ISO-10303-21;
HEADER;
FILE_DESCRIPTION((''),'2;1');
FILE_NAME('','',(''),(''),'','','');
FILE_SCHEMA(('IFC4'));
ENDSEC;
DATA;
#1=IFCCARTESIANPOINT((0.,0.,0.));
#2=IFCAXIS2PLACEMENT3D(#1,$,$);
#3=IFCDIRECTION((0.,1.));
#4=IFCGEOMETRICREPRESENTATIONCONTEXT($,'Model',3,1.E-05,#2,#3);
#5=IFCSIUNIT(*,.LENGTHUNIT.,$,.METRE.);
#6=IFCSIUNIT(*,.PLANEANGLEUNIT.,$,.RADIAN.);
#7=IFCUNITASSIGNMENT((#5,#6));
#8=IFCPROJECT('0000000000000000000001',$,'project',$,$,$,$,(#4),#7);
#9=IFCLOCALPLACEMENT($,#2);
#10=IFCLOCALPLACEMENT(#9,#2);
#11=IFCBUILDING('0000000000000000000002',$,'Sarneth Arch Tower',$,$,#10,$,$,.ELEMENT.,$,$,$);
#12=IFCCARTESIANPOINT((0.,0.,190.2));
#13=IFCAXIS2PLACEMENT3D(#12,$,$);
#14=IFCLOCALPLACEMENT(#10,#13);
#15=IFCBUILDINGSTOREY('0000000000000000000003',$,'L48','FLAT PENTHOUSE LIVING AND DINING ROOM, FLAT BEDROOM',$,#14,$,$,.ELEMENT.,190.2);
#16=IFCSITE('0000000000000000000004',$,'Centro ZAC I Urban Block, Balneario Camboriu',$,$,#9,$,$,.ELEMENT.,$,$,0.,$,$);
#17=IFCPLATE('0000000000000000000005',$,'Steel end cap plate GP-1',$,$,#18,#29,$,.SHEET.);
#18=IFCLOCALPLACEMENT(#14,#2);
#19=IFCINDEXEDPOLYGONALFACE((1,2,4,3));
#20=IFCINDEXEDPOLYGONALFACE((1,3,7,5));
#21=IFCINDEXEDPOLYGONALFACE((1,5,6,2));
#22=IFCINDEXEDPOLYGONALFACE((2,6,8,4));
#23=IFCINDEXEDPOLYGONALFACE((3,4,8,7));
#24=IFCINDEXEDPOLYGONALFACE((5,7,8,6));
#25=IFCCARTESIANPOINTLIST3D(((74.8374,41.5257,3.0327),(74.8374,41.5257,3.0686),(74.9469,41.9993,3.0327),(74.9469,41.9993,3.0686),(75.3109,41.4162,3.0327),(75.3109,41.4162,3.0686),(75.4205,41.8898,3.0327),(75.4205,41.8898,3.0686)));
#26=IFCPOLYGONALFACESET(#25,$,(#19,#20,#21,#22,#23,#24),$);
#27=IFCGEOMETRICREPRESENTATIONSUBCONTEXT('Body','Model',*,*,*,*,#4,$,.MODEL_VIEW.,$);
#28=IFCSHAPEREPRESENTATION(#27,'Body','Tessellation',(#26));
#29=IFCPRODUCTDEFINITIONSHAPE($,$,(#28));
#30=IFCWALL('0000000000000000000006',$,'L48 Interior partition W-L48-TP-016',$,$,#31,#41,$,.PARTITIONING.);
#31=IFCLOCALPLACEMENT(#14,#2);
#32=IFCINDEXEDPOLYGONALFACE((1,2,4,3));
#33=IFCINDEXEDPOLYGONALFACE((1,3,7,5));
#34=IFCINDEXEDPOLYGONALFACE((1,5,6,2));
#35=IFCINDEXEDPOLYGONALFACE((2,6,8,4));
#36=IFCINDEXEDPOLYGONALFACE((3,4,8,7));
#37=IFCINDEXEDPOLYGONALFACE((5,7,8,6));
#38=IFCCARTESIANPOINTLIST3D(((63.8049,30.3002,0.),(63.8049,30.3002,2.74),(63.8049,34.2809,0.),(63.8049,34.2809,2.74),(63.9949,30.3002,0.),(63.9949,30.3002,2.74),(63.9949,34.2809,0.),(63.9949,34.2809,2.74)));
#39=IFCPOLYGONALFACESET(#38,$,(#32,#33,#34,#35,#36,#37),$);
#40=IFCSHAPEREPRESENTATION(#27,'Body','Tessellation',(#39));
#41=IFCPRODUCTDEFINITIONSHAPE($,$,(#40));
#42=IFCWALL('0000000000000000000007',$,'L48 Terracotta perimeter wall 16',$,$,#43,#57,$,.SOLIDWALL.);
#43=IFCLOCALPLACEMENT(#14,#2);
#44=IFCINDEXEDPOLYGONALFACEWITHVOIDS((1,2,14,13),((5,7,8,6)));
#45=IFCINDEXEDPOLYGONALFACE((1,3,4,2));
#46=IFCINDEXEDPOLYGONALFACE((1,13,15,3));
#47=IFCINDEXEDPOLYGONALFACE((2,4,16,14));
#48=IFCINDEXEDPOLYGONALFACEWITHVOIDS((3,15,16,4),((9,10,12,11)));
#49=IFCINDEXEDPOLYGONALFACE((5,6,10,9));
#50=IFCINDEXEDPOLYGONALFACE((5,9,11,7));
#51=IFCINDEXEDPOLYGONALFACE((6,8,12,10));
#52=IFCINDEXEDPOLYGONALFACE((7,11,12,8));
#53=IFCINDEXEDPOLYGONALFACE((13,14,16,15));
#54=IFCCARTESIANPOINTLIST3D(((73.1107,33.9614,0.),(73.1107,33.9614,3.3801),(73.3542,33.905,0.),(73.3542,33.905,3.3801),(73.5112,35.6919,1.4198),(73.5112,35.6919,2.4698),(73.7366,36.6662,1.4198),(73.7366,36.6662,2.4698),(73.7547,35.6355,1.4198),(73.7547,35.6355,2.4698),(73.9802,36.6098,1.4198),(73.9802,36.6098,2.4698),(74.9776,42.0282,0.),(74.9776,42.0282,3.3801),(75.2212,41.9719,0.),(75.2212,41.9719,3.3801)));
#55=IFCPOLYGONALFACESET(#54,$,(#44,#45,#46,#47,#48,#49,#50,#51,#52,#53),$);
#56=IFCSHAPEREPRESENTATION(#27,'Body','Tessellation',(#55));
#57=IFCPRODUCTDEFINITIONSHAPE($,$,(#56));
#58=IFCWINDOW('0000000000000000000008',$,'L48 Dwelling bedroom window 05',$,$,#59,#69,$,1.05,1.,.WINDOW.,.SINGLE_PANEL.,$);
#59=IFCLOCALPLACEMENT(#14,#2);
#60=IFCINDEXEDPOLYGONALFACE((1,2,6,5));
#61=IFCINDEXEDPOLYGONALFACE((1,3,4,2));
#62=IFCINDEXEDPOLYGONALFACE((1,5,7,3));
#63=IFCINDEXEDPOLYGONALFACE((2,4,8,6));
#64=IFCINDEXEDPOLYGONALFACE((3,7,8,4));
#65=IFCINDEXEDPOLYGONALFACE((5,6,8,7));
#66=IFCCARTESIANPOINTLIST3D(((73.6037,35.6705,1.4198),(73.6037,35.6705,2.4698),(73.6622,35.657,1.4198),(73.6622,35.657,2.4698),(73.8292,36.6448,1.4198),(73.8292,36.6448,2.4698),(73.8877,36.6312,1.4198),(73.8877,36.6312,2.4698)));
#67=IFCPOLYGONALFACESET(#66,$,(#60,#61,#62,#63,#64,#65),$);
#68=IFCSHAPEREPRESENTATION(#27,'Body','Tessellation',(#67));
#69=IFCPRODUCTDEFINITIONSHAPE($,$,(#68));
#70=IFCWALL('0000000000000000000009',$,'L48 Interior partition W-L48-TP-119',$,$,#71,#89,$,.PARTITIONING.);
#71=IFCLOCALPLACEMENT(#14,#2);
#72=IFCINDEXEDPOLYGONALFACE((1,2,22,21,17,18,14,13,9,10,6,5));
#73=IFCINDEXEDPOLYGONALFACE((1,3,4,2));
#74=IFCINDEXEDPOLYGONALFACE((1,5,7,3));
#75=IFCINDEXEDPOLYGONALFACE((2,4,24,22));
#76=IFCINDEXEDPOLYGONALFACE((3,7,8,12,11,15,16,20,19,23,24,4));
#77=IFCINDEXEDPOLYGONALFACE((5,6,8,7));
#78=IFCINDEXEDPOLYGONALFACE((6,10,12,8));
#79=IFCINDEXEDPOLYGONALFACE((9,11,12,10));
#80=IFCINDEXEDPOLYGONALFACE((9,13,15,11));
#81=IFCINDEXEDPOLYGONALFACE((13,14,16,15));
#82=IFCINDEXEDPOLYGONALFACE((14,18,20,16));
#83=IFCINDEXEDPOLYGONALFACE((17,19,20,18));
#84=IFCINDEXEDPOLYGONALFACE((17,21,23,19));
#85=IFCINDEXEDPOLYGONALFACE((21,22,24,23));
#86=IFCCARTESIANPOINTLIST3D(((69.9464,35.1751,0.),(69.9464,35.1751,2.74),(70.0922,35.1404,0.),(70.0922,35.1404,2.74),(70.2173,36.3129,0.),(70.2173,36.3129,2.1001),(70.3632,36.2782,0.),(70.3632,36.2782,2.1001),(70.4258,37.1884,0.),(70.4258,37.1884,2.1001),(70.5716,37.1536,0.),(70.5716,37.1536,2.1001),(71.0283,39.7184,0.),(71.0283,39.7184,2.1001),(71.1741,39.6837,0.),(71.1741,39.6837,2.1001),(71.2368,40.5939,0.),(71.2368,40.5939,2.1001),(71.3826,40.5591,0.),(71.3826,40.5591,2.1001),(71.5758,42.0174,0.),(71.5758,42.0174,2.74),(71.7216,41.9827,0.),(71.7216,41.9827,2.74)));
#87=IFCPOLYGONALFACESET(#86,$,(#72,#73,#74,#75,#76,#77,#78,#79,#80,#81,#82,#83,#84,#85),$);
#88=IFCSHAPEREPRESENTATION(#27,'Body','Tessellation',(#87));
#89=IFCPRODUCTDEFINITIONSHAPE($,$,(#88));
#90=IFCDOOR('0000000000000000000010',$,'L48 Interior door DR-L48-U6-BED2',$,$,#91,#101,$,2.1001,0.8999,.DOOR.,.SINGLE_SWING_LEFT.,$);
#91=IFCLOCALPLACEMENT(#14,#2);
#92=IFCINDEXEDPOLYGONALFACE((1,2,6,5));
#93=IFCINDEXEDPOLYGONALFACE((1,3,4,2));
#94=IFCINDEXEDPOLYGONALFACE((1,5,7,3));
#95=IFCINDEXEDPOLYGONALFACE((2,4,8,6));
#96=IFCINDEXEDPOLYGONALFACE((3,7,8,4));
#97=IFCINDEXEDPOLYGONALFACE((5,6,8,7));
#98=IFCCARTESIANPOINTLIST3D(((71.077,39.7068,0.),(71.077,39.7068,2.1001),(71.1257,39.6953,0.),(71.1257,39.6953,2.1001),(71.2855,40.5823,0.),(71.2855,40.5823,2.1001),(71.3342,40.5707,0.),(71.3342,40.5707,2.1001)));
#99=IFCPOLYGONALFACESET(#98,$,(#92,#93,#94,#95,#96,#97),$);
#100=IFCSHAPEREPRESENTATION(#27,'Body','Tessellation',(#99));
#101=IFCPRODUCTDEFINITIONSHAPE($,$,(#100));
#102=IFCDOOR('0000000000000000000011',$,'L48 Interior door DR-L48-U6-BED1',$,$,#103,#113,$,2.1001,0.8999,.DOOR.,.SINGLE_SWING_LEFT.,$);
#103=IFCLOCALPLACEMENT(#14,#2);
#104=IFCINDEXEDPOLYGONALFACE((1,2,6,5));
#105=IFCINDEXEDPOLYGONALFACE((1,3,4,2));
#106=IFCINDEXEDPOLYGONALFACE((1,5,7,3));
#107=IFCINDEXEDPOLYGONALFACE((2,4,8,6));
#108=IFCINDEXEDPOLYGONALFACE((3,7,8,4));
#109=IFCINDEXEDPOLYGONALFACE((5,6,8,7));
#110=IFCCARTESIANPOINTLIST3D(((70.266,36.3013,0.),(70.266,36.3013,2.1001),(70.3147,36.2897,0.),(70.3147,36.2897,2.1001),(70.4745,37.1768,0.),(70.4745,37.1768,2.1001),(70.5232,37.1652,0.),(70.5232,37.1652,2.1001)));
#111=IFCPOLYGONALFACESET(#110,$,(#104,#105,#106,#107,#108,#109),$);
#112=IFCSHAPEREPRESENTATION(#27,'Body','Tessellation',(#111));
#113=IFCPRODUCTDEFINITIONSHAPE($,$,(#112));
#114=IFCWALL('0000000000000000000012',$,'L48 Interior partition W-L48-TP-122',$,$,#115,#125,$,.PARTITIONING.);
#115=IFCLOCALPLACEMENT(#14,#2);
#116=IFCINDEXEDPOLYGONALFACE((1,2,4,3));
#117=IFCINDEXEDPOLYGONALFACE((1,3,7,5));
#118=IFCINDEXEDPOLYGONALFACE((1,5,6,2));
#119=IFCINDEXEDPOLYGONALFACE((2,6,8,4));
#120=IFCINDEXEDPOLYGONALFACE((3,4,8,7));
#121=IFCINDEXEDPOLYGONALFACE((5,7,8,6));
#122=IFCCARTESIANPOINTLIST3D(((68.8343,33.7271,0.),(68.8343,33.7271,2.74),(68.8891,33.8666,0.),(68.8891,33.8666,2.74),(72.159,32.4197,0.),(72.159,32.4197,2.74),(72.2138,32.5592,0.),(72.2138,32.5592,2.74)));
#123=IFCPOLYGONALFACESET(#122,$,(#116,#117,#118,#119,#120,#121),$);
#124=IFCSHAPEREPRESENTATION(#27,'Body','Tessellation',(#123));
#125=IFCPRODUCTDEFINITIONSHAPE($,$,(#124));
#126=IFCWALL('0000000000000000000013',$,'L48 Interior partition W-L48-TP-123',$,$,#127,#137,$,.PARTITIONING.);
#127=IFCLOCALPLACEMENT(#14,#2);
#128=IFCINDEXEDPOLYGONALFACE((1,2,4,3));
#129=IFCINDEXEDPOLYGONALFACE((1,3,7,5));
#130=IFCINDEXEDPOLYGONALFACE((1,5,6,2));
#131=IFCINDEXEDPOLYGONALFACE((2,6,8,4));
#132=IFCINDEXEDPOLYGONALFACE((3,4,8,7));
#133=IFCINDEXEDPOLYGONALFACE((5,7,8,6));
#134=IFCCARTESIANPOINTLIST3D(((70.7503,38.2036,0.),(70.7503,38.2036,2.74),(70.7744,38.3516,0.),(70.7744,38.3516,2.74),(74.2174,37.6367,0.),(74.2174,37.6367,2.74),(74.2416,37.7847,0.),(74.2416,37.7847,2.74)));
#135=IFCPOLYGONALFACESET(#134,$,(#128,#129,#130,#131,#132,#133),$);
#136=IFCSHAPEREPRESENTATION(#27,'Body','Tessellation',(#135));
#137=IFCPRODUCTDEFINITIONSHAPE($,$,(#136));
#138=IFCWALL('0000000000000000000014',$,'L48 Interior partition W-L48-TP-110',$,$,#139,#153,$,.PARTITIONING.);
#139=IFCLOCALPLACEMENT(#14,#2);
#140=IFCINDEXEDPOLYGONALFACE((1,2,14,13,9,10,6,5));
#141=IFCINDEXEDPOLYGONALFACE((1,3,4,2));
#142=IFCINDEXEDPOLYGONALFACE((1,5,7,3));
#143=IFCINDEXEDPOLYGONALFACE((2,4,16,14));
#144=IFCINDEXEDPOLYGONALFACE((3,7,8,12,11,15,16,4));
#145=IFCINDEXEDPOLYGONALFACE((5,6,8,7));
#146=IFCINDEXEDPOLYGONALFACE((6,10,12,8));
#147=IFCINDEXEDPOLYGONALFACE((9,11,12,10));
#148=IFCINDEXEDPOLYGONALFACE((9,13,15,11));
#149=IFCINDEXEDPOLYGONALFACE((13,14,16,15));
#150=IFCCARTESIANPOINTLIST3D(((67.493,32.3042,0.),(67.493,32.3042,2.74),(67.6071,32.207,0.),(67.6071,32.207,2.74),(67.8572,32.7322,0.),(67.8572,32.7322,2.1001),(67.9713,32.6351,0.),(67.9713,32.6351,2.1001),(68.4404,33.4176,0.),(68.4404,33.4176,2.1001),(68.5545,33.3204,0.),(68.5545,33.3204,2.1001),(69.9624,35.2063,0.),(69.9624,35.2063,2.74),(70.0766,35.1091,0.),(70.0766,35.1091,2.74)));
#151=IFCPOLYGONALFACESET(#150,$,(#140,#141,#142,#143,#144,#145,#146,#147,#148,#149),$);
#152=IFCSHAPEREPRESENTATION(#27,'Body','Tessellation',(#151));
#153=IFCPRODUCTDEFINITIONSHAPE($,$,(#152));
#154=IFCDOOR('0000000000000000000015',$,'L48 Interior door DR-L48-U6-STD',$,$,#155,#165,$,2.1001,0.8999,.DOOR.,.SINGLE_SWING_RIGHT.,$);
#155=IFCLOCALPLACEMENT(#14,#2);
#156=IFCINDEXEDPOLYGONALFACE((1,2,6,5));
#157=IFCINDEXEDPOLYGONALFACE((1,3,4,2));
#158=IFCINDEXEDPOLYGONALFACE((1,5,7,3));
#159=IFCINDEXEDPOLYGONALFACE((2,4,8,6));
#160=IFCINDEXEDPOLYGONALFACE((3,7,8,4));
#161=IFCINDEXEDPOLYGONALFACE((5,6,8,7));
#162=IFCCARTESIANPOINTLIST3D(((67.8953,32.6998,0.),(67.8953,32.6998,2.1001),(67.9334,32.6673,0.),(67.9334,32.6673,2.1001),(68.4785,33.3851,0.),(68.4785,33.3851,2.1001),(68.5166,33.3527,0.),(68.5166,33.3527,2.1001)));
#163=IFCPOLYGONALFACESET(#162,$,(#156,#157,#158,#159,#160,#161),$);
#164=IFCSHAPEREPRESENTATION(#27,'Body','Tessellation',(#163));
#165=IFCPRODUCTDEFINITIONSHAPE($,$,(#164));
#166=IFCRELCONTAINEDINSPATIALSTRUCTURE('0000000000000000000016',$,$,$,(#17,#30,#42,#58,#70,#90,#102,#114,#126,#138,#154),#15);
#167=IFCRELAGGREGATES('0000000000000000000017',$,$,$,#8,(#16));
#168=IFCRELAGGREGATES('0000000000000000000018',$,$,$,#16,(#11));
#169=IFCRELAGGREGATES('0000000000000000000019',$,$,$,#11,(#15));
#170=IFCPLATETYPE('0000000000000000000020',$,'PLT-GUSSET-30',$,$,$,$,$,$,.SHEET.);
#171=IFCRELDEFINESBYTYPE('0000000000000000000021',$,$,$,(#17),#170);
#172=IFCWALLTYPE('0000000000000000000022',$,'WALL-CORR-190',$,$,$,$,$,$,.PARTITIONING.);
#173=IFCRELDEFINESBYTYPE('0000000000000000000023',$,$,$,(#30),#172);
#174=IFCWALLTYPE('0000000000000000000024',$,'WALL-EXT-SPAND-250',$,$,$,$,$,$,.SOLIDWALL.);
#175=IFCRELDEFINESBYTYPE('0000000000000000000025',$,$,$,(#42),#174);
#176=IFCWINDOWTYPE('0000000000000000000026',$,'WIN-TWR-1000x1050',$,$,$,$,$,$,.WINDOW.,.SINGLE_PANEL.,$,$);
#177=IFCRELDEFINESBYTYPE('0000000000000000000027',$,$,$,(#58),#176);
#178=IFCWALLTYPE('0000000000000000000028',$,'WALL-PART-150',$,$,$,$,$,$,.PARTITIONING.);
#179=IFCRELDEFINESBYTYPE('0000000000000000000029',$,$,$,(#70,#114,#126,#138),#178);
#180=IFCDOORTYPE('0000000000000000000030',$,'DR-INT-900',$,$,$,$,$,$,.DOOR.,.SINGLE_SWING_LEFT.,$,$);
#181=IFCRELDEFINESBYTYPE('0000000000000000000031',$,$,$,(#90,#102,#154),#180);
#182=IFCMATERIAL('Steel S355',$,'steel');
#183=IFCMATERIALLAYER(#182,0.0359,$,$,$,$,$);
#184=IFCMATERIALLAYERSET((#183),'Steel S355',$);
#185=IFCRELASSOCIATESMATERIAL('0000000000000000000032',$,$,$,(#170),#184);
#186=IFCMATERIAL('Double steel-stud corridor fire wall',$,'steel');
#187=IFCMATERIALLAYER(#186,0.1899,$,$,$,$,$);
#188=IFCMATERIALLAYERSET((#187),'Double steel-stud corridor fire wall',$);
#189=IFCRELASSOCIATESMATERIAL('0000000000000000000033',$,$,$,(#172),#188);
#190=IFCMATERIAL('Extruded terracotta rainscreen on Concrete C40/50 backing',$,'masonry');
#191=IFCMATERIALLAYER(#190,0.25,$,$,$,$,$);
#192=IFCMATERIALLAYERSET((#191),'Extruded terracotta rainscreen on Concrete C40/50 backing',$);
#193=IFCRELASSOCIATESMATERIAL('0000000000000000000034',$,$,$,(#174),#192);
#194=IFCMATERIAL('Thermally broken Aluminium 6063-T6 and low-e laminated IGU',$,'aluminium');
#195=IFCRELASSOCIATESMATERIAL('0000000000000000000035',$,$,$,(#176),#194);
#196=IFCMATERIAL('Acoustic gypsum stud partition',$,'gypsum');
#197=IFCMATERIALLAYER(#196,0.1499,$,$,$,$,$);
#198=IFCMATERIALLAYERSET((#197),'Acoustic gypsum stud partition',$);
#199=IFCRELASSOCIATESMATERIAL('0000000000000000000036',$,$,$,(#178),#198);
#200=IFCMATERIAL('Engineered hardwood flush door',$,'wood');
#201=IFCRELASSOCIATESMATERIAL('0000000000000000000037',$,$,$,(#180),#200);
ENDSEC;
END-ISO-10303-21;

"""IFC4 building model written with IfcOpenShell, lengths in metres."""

from ifc_helpers import new_model, si_unit, direction, frame, frame_2d, origin, origin_2d, place, context, subcontext, project, spatial, rectangle, extrude, material, layer, layer_set, type_object, element, fill, save


model = new_model("IFC4")

# Units and contexts
model_context = context("Model", 3, precision=1e-05, world=origin(), true_north=direction((0.0, 1.0)))
body_context = subcontext(model_context, "Body", "Model", "MODEL_VIEW")
ifc_project = project(units=[si_unit("LENGTHUNIT", "METRE"), si_unit("PLANEANGLEUNIT", "RADIAN")], contexts=[model_context])

# Site, building, storey
site_placement = place(None, origin())
site = spatial("IfcSite", under=ifc_project, at=site_placement, Name="Centro ZAC I Urban Block, Balneario Camboriu", CompositionType="ELEMENT", RefElevation=0.0)
building_placement = place(site_placement, origin())
building = spatial("IfcBuilding", under=site, at=building_placement, Name="Sarneth Arch Tower", CompositionType="ELEMENT")
storey_placement = place(building_placement, frame((0.0, 0.0, 190.2)))
storey = spatial("IfcBuildingStorey", under=building, at=storey_placement, Name="L48", Description="FLAT PENTHOUSE LIVING AND DINING ROOM, FLAT BEDROOM", CompositionType="ELEMENT", Elevation=190.2)

# Plate
ifc_material_1 = material(Name="Steel S355", Category="steel")
ifc_layer_1 = layer(ifc_material_1, 0.0359)
ifc_layer_set_1 = layer_set([ifc_layer_1], Name="Steel S355")
plate_type = type_object("IfcPlateType", Name="PLT-GUSSET-30", PredefinedType="SHEET", material=ifc_layer_set_1)
for number, where, z_axis, x_axis, name in (
    (1, (75.1289, 41.7078, 3.0327), (0.0, 0.0, 1.0), (0.225291, 0.974291, 0.0), "Steel end cap plate GP-1"),
):
    element("IfcPlate", number, at=place(storey_placement, frame(where, z_axis=z_axis, x_axis=x_axis)), inside=storey, type_object=plate_type, Name=name, PredefinedType="SHEET", context=body_context, shape_type="SweptSolid", body=[
        extrude(rectangle(XDim=0.4861, YDim=0.4861, at=origin_2d()), origin(), (0.0, 0.0, 1.0), 0.0359),
    ])

# Wall
ifc_material_2 = material(Name="Double steel-stud corridor fire wall", Category="steel")
ifc_layer_2 = layer(ifc_material_2, 0.1899)
ifc_layer_set_2 = layer_set([ifc_layer_2], Name="Double steel-stud corridor fire wall")
wall_type_1 = type_object("IfcWallType", Name="WALL-CORR-190", PredefinedType="PARTITIONING", material=ifc_layer_set_2)
wall_1_placement = place(storey_placement, frame((63.8999, 34.2808, 0.0), z_axis=(0.0, 0.0, 1.0), x_axis=(0.0, -1.0, 0.0)))
element("IfcWall", 2, at=wall_1_placement, inside=storey, type_object=wall_type_1, Name="L48 Interior partition W-L48-TP-016", PredefinedType="PARTITIONING", context=body_context, shape_type="SweptSolid", body=[
    extrude(rectangle(XDim=3.9807, YDim=0.1899, at=frame_2d((1.9902, 0.0))), origin(), (0.0, 0.0, 1.0), 2.74),
])

# Wall, opening, window
ifc_material_3 = material(Name="Extruded terracotta rainscreen on Concrete C40/50 backing", Category="masonry")
ifc_layer_3 = layer(ifc_material_3, 0.25)
ifc_layer_set_3 = layer_set([ifc_layer_3], Name="Extruded terracotta rainscreen on Concrete C40/50 backing")
wall_type_2 = type_object("IfcWallType", Name="WALL-EXT-SPAND-250", PredefinedType="SOLIDWALL", material=ifc_layer_set_3)
wall_2_placement = place(storey_placement, frame((73.2324, 33.9331, 0.0), z_axis=(0.0, 0.0, 1.0), x_axis=(0.225473, 0.974249, 0.0)))
wall_2 = element("IfcWall", 3, at=wall_2_placement, inside=storey, type_object=wall_type_2, Name="L48 Terracotta perimeter wall 16", PredefinedType="SOLIDWALL", context=body_context, shape_type="SweptSolid", body=[
    extrude(rectangle(XDim=8.28, YDim=0.25, at=frame_2d((4.1401, 0.0))), origin(), (0.0, 0.0, 1.0), 3.3801),
])
opening_1_placement = place(wall_2_placement, frame((1.7764, 0.0, 1.4199)))
opening_1 = element("IfcOpeningElement", 4, at=opening_1_placement, cuts=wall_2, PredefinedType="OPENING", context=body_context, shape_type="SweptSolid", body=[
    extrude(rectangle(XDim=1.0, YDim=1.05, at=frame_2d((0.5, 0.5249))), frame((0.0, 0.135, 0.0), z_axis=(0.0, -1.0, 0.0), x_axis=(1.0, 0.0, 0.0)), (0.0, 0.0, 1.0), 0.27),
])
ifc_material_4 = material(Name="Thermally broken Aluminium 6063-T6 and low-e laminated IGU", Category="aluminium")
window_type = type_object("IfcWindowType", Name="WIN-TWR-1000x1050", PartitioningType="SINGLE_PANEL", PredefinedType="WINDOW", material=ifc_material_4)
window_placement = place(opening_1_placement, origin())
window = element("IfcWindow", 5, at=window_placement, inside=storey, type_object=window_type, Name="L48 Dwelling bedroom window 05", OverallHeight=1.05, OverallWidth=1.0, PartitioningType="SINGLE_PANEL", PredefinedType="WINDOW", context=body_context, shape_type="SweptSolid", body=[
    extrude(rectangle(XDim=1.0, YDim=1.05, at=frame_2d((0.5, 0.5249))), frame((0.0, 0.03, 0.0), z_axis=(0.0, -1.0, 0.0), x_axis=(1.0, 0.0, 0.0)), (0.0, 0.0, 1.0), 0.0601),
])
fill(opening_1, window)

# Wall, openings, doors
ifc_material_5 = material(Name="Acoustic gypsum stud partition", Category="gypsum")
ifc_layer_4 = layer(ifc_material_5, 0.1499)
ifc_layer_set_4 = layer_set([ifc_layer_4], Name="Acoustic gypsum stud partition")
wall_type_3 = type_object("IfcWallType", Name="WALL-PART-150", PredefinedType="PARTITIONING", material=ifc_layer_set_4)
wall_3_placement = place(storey_placement, frame((70.0193, 35.1577, 0.0), z_axis=(0.0, 0.0, 1.0), x_axis=(0.231658, 0.972797, 0.0)))
wall_3 = element("IfcWall", 6, at=wall_3_placement, inside=storey, type_object=wall_type_3, Name="L48 Interior partition W-L48-TP-119", PredefinedType="PARTITIONING", context=body_context, shape_type="SweptSolid", body=[
    extrude(rectangle(XDim=7.0337, YDim=0.1499, at=frame_2d((3.5168, 0.0))), origin(), (0.0, 0.0, 1.0), 2.74),
])
opening_2_placement = place(wall_3_placement, frame((4.6704, 0.0, 0.0)))
opening_2 = element("IfcOpeningElement", 7, at=opening_2_placement, cuts=wall_3, PredefinedType="OPENING", context=body_context, shape_type="SweptSolid", body=[
    extrude(rectangle(XDim=0.8999, YDim=2.1001, at=frame_2d((0.45, 1.05))), frame((0.0, 0.085, 0.0), z_axis=(0.0, -1.0, 0.0), x_axis=(1.0, 0.0, 0.0)), (0.0, 0.0, 1.0), 0.1699),
])
opening_3_placement = place(wall_3_placement, frame((1.1697, 0.0, 0.0)))
opening_3 = element("IfcOpeningElement", 8, at=opening_3_placement, cuts=wall_3, PredefinedType="OPENING", context=body_context, shape_type="SweptSolid", body=[
    extrude(rectangle(XDim=0.8999, YDim=2.1001, at=frame_2d((0.45, 1.05))), frame((0.0, 0.085, 0.0), z_axis=(0.0, -1.0, 0.0), x_axis=(1.0, 0.0, 0.0)), (0.0, 0.0, 1.0), 0.1699),
])
ifc_material_6 = material(Name="Engineered hardwood flush door", Category="wood")
door_type_1 = type_object("IfcDoorType", Name="DR-INT-900", OperationType="SINGLE_SWING_LEFT", PredefinedType="DOOR", material=ifc_material_6)
door_1_placement = place(opening_2_placement, origin())
door_1 = element("IfcDoor", 9, at=door_1_placement, inside=storey, type_object=door_type_1, Name="L48 Interior door DR-L48-U6-BED2", OperationType="SINGLE_SWING_LEFT", OverallHeight=2.1001, OverallWidth=0.8999, PredefinedType="DOOR", context=body_context, shape_type="SweptSolid", body=[
    extrude(rectangle(XDim=0.8999, YDim=2.1001, at=frame_2d((0.45, 1.05))), frame((0.0, 0.0249, 0.0), z_axis=(0.0, -1.0, 0.0), x_axis=(1.0, 0.0, 0.0)), (0.0, 0.0, 1.0), 0.05),
])
fill(opening_2, door_1)
door_2_placement = place(opening_3_placement, origin())
door_2 = element("IfcDoor", 10, at=door_2_placement, inside=storey, type_object=door_type_1, Name="L48 Interior door DR-L48-U6-BED1", OperationType="SINGLE_SWING_LEFT", OverallHeight=2.1001, OverallWidth=0.8999, PredefinedType="DOOR", context=body_context, shape_type="SweptSolid", body=[
    extrude(rectangle(XDim=0.8999, YDim=2.1001, at=frame_2d((0.45, 1.05))), frame((0.0, 0.0249, 0.0), z_axis=(0.0, -1.0, 0.0), x_axis=(1.0, 0.0, 0.0)), (0.0, 0.0, 1.0), 0.05),
])
fill(opening_3, door_2)

# Walls
wall_4_placement = place(storey_placement, frame((72.1863, 32.4895, 0.0), z_axis=(0.0, 0.0, 1.0), x_axis=(-0.930633, 0.365953, 0.0)))
element("IfcWall", 11, at=wall_4_placement, inside=storey, type_object=wall_type_3, Name="L48 Interior partition W-L48-TP-122", PredefinedType="PARTITIONING", context=body_context, shape_type="SweptSolid", body=[
    extrude(rectangle(XDim=3.5725, YDim=0.1499, at=frame_2d((1.7861, 0.0))), origin(), (0.0, 0.0, 1.0), 2.74),
])
wall_5_placement = place(storey_placement, frame((74.2295, 37.7107, 0.0), z_axis=(0.0, 0.0, 1.0), x_axis=(-0.986895, 0.161367, 0.0)))
element("IfcWall", 12, at=wall_5_placement, inside=storey, type_object=wall_type_3, Name="L48 Interior partition W-L48-TP-123", PredefinedType="PARTITIONING", context=body_context, shape_type="SweptSolid", body=[
    extrude(rectangle(XDim=3.5132, YDim=0.1499, at=frame_2d((1.7566, 0.0))), origin(), (0.0, 0.0, 1.0), 2.74),
])

# Wall, opening, door
wall_6_placement = place(storey_placement, frame((67.55, 32.2556, 0.0), z_axis=(0.0, 0.0, 1.0), x_axis=(0.648059, 0.76159, 0.0)))
wall_6 = element("IfcWall", 13, at=wall_6_placement, inside=storey, type_object=wall_type_3, Name="L48 Interior partition W-L48-TP-110", PredefinedType="PARTITIONING", context=body_context, shape_type="SweptSolid", body=[
    extrude(rectangle(XDim=3.8105, YDim=0.1499, at=frame_2d((1.9053, 0.0))), origin(), (0.0, 0.0, 1.0), 2.74),
])
opening_4_placement = place(wall_6_placement, frame((0.562, 0.0, 0.0)))
opening_4 = element("IfcOpeningElement", 14, at=opening_4_placement, cuts=wall_6, PredefinedType="OPENING", context=body_context, shape_type="SweptSolid", body=[
    extrude(rectangle(XDim=0.8999, YDim=2.1001, at=frame_2d((0.45, 1.05))), frame((0.0, 0.085, 0.0), z_axis=(0.0, -1.0, 0.0), x_axis=(1.0, 0.0, 0.0)), (0.0, 0.0, 1.0), 0.1699),
])
door_3_placement = place(opening_4_placement, origin())
door_3 = element("IfcDoor", 15, at=door_3_placement, inside=storey, type_object=door_type_1, Name="L48 Interior door DR-L48-U6-STD", OperationType="SINGLE_SWING_RIGHT", OverallHeight=2.1001, OverallWidth=0.8999, PredefinedType="DOOR", context=body_context, shape_type="SweptSolid", body=[
    extrude(rectangle(XDim=0.8999, YDim=2.1001, at=frame_2d((0.45, 1.05))), frame((0.0, 0.0249, 0.0), z_axis=(0.0, -1.0, 0.0), x_axis=(1.0, 0.0, 0.0)), (0.0, 0.0, 1.0), 0.05),
])
fill(opening_4, door_3)

save(model, "model.ifc")
